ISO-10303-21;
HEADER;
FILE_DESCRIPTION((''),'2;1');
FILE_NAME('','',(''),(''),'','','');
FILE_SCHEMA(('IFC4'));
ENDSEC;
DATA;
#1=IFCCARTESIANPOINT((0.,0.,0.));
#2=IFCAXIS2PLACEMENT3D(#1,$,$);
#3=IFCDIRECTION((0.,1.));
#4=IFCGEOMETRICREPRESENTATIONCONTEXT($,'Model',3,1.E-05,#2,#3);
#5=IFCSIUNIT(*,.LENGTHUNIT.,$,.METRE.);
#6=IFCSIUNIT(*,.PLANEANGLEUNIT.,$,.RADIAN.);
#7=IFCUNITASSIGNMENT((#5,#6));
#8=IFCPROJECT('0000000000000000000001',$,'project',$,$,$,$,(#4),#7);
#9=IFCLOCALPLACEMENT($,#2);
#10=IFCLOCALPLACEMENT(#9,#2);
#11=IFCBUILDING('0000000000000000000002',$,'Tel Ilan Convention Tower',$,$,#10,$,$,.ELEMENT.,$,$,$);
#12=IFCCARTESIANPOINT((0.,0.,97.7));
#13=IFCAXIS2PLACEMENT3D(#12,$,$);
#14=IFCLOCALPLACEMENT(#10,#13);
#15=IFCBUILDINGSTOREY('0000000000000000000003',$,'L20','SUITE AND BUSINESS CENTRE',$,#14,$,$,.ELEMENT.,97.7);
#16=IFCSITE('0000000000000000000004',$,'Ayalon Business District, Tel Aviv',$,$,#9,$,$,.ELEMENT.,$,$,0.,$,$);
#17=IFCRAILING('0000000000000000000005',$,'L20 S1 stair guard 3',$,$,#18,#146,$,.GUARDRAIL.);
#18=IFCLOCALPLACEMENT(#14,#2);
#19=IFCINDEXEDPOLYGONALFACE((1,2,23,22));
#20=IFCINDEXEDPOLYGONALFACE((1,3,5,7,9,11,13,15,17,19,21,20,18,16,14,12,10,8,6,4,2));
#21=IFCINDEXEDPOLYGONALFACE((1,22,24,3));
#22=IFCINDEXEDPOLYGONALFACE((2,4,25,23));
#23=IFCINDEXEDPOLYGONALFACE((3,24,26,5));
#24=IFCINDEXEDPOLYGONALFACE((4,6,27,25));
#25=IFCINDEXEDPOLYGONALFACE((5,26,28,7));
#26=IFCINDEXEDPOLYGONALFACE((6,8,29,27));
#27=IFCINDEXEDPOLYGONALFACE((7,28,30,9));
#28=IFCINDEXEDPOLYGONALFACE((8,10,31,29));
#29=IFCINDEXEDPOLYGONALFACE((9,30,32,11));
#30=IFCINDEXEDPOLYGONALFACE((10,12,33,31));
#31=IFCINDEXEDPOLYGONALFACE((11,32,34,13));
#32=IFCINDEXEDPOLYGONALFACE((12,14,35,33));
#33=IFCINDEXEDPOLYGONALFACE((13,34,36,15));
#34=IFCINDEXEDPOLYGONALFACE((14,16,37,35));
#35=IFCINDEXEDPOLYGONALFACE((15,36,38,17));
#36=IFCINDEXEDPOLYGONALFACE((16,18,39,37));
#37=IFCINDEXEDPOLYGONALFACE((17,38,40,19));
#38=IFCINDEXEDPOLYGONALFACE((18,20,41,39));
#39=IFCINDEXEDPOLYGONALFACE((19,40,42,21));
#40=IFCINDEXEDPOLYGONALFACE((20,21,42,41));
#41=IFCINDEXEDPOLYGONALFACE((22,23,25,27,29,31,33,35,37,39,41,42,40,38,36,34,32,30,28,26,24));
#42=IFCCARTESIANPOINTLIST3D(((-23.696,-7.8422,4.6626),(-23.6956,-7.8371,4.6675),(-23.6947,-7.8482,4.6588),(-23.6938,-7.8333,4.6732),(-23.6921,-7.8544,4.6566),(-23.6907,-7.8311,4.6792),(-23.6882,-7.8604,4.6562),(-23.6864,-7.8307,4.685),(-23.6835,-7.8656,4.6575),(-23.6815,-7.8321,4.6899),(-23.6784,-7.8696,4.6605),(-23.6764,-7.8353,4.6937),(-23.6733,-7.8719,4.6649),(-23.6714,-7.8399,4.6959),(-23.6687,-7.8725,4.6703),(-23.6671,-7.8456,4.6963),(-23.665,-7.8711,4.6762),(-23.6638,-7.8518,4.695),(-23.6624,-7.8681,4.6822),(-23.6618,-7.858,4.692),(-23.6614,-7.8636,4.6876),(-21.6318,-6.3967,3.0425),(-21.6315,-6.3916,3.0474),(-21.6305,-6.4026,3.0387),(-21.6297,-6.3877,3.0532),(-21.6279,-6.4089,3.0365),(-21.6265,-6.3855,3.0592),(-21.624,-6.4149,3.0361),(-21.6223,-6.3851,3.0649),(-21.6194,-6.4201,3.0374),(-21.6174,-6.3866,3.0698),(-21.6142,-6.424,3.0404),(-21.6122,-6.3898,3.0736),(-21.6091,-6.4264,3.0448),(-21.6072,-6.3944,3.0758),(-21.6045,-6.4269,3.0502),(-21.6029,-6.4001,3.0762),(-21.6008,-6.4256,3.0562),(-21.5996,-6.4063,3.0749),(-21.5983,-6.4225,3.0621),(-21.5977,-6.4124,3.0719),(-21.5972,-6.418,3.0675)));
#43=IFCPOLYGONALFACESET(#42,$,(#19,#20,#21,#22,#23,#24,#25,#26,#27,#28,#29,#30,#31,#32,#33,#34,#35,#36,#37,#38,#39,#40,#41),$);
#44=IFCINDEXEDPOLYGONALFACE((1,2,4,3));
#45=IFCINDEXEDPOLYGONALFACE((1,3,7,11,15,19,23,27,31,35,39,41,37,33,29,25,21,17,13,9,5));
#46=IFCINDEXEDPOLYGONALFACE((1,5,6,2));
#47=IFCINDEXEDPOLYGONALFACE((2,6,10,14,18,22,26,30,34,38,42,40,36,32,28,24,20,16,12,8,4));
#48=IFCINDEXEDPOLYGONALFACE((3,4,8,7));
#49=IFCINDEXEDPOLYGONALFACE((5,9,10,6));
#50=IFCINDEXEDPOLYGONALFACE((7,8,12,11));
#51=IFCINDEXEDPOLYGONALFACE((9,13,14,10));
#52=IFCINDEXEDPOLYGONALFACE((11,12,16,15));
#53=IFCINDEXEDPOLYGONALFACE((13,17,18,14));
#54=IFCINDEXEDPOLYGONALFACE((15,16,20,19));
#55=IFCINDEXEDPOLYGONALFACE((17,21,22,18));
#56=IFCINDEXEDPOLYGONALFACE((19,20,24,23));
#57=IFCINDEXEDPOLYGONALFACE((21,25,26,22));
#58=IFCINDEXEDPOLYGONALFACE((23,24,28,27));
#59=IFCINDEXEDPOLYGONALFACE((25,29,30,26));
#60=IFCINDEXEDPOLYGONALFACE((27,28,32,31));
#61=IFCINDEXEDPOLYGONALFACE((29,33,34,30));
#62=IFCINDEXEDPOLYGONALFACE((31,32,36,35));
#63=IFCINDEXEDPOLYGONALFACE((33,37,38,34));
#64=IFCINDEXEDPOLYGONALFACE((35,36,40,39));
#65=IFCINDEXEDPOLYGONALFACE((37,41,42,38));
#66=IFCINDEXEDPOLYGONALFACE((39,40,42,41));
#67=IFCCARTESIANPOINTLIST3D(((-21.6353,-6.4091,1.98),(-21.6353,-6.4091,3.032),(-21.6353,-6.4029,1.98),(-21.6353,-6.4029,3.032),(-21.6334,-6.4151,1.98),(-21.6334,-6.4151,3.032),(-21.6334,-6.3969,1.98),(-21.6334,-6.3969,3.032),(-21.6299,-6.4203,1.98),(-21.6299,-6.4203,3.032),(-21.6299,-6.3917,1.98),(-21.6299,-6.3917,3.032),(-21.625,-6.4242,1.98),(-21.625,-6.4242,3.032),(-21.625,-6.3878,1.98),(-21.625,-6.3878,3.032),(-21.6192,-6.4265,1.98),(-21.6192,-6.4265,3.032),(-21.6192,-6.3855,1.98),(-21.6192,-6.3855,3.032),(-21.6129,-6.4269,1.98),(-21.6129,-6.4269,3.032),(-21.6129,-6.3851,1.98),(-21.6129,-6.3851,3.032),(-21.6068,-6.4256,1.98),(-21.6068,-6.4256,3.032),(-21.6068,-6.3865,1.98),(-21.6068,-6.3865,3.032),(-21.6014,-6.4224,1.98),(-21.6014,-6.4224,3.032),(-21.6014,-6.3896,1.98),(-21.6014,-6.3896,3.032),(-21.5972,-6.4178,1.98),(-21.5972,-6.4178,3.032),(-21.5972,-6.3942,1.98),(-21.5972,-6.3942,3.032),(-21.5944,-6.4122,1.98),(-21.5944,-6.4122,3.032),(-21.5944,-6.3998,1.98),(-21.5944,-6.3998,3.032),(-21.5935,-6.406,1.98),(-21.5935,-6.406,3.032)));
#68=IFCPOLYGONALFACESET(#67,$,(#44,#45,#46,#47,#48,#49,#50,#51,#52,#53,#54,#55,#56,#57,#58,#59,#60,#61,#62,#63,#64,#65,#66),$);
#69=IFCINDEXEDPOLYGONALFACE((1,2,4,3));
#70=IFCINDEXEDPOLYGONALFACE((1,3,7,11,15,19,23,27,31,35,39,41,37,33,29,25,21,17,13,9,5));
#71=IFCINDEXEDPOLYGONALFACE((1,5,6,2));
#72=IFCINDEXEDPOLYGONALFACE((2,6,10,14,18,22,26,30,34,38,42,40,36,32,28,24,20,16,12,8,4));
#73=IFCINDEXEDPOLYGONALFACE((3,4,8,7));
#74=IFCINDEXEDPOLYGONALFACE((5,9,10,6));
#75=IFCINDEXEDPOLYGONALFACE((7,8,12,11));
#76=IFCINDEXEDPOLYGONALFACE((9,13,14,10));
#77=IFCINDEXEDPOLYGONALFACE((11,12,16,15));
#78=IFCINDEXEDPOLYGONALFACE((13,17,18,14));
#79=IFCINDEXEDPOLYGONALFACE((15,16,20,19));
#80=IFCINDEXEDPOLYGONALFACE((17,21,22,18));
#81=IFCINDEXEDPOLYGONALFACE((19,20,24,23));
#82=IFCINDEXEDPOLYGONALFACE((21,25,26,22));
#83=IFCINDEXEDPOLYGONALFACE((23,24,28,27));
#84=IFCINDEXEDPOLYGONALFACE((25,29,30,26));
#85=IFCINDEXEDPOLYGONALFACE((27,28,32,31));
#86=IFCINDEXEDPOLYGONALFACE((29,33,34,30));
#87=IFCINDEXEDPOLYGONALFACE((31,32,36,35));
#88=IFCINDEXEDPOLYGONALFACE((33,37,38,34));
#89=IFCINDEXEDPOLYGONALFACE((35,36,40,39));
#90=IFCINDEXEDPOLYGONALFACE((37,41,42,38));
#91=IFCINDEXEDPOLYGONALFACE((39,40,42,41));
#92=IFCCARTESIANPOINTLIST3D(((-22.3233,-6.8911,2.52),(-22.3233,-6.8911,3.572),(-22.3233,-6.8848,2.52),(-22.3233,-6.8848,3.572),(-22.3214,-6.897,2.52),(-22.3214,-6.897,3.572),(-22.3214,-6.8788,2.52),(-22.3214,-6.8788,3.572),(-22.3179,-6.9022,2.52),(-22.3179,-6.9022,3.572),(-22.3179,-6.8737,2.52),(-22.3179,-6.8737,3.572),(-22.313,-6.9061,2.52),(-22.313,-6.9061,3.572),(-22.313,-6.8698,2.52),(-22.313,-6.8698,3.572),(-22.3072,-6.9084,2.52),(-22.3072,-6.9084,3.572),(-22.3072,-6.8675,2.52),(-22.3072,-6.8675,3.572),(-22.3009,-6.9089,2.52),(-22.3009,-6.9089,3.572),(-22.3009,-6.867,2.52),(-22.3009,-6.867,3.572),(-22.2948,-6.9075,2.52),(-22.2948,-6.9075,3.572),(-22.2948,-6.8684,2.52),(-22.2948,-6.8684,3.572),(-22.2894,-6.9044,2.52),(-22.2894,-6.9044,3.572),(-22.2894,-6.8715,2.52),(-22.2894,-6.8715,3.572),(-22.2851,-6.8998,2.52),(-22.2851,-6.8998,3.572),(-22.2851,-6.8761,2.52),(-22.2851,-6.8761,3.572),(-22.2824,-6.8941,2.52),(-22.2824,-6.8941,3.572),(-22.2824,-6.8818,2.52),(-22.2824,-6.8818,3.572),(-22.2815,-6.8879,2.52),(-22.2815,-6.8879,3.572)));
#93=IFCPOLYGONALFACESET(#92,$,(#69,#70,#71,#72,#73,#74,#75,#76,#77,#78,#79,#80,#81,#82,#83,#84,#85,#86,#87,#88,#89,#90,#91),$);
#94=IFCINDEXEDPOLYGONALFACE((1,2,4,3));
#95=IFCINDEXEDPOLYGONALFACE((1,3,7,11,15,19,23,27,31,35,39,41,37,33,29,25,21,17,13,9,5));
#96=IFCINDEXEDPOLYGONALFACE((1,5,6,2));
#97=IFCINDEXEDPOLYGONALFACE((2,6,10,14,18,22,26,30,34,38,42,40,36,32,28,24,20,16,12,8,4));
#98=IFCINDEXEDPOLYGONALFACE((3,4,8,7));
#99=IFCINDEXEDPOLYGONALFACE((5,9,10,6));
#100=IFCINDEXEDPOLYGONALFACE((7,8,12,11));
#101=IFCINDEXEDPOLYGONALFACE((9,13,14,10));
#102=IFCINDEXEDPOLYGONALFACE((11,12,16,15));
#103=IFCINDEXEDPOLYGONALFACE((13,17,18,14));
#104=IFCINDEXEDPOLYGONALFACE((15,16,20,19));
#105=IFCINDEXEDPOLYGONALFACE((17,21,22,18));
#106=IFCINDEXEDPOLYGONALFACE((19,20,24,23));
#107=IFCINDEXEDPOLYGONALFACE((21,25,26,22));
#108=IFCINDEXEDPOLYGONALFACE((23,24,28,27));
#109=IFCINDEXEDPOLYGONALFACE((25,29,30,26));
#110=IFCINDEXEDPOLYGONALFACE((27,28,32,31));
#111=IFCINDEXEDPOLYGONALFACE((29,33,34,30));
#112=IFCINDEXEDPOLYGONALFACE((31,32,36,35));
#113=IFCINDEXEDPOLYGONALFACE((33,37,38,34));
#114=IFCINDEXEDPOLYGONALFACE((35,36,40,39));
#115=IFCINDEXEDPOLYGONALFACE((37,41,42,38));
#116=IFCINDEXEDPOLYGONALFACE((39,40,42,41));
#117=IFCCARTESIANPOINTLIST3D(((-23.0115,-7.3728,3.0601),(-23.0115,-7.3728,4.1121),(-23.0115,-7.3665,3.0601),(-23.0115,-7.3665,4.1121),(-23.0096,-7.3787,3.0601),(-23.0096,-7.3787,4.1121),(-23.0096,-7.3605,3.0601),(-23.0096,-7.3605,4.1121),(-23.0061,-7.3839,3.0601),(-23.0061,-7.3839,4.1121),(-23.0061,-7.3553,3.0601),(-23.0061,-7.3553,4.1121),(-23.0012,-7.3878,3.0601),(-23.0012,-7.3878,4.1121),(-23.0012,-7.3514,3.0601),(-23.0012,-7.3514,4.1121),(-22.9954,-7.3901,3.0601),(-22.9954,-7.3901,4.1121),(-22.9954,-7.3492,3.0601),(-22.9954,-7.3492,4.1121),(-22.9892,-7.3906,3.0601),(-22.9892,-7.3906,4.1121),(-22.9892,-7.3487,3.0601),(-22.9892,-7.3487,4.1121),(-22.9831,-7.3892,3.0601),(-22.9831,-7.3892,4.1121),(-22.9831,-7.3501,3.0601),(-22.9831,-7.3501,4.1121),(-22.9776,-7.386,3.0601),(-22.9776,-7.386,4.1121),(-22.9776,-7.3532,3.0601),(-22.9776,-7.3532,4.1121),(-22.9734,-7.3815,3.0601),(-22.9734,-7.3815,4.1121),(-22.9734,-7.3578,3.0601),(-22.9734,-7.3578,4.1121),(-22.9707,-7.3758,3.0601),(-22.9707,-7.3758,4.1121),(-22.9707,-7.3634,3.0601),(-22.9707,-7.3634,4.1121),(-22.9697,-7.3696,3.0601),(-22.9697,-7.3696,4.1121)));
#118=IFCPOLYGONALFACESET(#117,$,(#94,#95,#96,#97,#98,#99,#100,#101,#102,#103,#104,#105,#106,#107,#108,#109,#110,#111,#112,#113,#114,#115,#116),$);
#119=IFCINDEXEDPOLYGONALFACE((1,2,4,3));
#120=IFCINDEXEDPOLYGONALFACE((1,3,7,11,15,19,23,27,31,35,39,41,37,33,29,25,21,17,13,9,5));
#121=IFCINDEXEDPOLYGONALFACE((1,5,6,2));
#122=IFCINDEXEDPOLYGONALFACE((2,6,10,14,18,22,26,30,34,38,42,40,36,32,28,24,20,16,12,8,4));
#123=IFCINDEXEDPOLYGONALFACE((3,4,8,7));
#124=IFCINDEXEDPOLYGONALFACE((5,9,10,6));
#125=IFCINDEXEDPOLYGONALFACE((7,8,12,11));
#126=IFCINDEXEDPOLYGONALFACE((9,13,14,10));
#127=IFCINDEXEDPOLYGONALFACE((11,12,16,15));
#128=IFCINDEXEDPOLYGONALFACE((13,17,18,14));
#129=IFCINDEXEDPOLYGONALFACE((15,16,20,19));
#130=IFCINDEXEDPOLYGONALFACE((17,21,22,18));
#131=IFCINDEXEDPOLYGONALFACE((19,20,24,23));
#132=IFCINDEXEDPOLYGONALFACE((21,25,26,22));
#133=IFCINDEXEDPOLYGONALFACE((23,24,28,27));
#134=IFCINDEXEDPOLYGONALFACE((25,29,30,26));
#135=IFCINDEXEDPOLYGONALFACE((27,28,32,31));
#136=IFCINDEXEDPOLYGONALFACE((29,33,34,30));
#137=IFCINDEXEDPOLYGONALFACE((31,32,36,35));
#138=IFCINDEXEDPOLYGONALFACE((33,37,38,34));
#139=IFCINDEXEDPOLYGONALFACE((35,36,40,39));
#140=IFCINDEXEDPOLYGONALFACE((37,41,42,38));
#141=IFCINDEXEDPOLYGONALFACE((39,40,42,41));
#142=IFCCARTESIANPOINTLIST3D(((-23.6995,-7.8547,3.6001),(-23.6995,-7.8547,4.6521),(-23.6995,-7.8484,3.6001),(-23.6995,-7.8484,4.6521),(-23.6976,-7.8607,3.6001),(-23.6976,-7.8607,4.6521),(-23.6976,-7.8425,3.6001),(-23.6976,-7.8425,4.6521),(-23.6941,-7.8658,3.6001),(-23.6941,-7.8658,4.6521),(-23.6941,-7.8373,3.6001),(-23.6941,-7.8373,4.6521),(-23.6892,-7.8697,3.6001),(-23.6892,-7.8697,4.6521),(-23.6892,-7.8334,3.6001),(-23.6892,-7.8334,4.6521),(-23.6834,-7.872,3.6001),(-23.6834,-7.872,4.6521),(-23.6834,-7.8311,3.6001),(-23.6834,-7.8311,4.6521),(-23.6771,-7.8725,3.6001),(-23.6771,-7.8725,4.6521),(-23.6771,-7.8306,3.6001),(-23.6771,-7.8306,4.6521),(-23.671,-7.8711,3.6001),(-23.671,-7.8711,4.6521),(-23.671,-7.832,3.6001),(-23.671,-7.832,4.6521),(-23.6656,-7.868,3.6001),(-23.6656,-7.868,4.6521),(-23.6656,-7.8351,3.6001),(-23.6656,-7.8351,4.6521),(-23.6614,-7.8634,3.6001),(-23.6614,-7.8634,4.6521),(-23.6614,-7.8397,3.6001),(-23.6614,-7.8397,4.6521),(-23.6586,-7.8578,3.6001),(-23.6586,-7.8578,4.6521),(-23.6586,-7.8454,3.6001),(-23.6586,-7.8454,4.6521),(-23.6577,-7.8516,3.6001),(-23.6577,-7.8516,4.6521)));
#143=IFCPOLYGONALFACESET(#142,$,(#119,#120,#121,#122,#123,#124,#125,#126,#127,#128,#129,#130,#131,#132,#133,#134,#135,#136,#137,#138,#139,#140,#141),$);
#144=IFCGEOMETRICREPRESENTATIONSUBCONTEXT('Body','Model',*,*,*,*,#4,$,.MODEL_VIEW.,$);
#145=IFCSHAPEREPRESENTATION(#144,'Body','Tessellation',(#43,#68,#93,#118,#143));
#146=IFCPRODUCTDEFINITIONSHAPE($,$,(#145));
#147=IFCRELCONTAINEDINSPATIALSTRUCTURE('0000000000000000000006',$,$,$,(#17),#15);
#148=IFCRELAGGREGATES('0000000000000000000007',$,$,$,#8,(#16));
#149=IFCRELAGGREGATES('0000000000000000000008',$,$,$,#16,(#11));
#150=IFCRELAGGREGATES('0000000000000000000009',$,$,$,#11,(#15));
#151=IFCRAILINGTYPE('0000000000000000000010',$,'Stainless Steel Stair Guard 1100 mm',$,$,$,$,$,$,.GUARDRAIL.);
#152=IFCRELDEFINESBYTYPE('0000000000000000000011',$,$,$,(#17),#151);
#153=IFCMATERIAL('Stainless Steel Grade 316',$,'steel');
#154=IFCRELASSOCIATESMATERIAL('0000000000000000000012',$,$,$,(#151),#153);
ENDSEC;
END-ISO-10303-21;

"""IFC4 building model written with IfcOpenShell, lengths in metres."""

from ifc_helpers import new_model, si_unit, direction, frame, origin, origin_2d, place, context, subcontext, project, spatial, circle, extrude, material, type_object, element, save


model = new_model("IFC4")

# Units and contexts
model_context = context("Model", 3, precision=1e-05, world=origin(), true_north=direction((0.0, 1.0)))
body_context = subcontext(model_context, "Body", "Model", "MODEL_VIEW")
ifc_project = project(units=[si_unit("LENGTHUNIT", "METRE"), si_unit("PLANEANGLEUNIT", "RADIAN")], contexts=[model_context])

# Site, building, storey
site_placement = place(None, origin())
site = spatial("IfcSite", under=ifc_project, at=site_placement, Name="Ayalon Business District, Tel Aviv", CompositionType="ELEMENT", RefElevation=0.0)
building_placement = place(site_placement, origin())
building = spatial("IfcBuilding", under=site, at=building_placement, Name="Tel Ilan Convention Tower", CompositionType="ELEMENT")
storey_placement = place(building_placement, frame((0.0, 0.0, 97.7)))
storey = spatial("IfcBuildingStorey", under=building, at=storey_placement, Name="L20", Description="SUITE AND BUSINESS CENTRE", CompositionType="ELEMENT", Elevation=97.7)

# Railing
ifc_material_1 = material(Name="Stainless Steel Grade 316", Category="steel")
railing_type_1 = type_object("IfcRailingType", Name="Stainless Steel Stair Guard 1100 mm", PredefinedType="GUARDRAIL", material=ifc_material_1)
railing_1_placement = place(storey_placement, frame((-21.6145, -6.406, 1.98)))
element("IfcRailing", 1, at=railing_1_placement, inside=storey, type_object=railing_type_1, Name="L20 S1 stair guard 3", PredefinedType="GUARDRAIL", context=body_context, shape_type="SweptSolid", body=[
    extrude(circle(Radius=0.0239, at=origin_2d()), frame((0.0, 0.0, 1.0762), z_axis=(-0.689013, -0.482513, 0.540779), x_axis=(0.573625, -0.819118, 0.0)), (0.0, 0.0, 1.0), 2.9958),
    extrude(circle(Radius=0.021, at=origin_2d()), origin(), (0.0, 0.0, 1.0), 1.052),
    extrude(circle(Radius=0.021, at=origin_2d()), frame((-0.688, -0.4819, 0.54)), (0.0, 0.0, 1.0), 1.052),
    extrude(circle(Radius=0.021, at=origin_2d()), frame((-1.3762, -0.9636, 1.0801)), (0.0, 0.0, 1.0), 1.052),
    extrude(circle(Radius=0.021, at=origin_2d()), frame((-2.0642, -1.4456, 1.6201)), (0.0, 0.0, 1.0), 1.052),
])

save(model, "model.ifc")
